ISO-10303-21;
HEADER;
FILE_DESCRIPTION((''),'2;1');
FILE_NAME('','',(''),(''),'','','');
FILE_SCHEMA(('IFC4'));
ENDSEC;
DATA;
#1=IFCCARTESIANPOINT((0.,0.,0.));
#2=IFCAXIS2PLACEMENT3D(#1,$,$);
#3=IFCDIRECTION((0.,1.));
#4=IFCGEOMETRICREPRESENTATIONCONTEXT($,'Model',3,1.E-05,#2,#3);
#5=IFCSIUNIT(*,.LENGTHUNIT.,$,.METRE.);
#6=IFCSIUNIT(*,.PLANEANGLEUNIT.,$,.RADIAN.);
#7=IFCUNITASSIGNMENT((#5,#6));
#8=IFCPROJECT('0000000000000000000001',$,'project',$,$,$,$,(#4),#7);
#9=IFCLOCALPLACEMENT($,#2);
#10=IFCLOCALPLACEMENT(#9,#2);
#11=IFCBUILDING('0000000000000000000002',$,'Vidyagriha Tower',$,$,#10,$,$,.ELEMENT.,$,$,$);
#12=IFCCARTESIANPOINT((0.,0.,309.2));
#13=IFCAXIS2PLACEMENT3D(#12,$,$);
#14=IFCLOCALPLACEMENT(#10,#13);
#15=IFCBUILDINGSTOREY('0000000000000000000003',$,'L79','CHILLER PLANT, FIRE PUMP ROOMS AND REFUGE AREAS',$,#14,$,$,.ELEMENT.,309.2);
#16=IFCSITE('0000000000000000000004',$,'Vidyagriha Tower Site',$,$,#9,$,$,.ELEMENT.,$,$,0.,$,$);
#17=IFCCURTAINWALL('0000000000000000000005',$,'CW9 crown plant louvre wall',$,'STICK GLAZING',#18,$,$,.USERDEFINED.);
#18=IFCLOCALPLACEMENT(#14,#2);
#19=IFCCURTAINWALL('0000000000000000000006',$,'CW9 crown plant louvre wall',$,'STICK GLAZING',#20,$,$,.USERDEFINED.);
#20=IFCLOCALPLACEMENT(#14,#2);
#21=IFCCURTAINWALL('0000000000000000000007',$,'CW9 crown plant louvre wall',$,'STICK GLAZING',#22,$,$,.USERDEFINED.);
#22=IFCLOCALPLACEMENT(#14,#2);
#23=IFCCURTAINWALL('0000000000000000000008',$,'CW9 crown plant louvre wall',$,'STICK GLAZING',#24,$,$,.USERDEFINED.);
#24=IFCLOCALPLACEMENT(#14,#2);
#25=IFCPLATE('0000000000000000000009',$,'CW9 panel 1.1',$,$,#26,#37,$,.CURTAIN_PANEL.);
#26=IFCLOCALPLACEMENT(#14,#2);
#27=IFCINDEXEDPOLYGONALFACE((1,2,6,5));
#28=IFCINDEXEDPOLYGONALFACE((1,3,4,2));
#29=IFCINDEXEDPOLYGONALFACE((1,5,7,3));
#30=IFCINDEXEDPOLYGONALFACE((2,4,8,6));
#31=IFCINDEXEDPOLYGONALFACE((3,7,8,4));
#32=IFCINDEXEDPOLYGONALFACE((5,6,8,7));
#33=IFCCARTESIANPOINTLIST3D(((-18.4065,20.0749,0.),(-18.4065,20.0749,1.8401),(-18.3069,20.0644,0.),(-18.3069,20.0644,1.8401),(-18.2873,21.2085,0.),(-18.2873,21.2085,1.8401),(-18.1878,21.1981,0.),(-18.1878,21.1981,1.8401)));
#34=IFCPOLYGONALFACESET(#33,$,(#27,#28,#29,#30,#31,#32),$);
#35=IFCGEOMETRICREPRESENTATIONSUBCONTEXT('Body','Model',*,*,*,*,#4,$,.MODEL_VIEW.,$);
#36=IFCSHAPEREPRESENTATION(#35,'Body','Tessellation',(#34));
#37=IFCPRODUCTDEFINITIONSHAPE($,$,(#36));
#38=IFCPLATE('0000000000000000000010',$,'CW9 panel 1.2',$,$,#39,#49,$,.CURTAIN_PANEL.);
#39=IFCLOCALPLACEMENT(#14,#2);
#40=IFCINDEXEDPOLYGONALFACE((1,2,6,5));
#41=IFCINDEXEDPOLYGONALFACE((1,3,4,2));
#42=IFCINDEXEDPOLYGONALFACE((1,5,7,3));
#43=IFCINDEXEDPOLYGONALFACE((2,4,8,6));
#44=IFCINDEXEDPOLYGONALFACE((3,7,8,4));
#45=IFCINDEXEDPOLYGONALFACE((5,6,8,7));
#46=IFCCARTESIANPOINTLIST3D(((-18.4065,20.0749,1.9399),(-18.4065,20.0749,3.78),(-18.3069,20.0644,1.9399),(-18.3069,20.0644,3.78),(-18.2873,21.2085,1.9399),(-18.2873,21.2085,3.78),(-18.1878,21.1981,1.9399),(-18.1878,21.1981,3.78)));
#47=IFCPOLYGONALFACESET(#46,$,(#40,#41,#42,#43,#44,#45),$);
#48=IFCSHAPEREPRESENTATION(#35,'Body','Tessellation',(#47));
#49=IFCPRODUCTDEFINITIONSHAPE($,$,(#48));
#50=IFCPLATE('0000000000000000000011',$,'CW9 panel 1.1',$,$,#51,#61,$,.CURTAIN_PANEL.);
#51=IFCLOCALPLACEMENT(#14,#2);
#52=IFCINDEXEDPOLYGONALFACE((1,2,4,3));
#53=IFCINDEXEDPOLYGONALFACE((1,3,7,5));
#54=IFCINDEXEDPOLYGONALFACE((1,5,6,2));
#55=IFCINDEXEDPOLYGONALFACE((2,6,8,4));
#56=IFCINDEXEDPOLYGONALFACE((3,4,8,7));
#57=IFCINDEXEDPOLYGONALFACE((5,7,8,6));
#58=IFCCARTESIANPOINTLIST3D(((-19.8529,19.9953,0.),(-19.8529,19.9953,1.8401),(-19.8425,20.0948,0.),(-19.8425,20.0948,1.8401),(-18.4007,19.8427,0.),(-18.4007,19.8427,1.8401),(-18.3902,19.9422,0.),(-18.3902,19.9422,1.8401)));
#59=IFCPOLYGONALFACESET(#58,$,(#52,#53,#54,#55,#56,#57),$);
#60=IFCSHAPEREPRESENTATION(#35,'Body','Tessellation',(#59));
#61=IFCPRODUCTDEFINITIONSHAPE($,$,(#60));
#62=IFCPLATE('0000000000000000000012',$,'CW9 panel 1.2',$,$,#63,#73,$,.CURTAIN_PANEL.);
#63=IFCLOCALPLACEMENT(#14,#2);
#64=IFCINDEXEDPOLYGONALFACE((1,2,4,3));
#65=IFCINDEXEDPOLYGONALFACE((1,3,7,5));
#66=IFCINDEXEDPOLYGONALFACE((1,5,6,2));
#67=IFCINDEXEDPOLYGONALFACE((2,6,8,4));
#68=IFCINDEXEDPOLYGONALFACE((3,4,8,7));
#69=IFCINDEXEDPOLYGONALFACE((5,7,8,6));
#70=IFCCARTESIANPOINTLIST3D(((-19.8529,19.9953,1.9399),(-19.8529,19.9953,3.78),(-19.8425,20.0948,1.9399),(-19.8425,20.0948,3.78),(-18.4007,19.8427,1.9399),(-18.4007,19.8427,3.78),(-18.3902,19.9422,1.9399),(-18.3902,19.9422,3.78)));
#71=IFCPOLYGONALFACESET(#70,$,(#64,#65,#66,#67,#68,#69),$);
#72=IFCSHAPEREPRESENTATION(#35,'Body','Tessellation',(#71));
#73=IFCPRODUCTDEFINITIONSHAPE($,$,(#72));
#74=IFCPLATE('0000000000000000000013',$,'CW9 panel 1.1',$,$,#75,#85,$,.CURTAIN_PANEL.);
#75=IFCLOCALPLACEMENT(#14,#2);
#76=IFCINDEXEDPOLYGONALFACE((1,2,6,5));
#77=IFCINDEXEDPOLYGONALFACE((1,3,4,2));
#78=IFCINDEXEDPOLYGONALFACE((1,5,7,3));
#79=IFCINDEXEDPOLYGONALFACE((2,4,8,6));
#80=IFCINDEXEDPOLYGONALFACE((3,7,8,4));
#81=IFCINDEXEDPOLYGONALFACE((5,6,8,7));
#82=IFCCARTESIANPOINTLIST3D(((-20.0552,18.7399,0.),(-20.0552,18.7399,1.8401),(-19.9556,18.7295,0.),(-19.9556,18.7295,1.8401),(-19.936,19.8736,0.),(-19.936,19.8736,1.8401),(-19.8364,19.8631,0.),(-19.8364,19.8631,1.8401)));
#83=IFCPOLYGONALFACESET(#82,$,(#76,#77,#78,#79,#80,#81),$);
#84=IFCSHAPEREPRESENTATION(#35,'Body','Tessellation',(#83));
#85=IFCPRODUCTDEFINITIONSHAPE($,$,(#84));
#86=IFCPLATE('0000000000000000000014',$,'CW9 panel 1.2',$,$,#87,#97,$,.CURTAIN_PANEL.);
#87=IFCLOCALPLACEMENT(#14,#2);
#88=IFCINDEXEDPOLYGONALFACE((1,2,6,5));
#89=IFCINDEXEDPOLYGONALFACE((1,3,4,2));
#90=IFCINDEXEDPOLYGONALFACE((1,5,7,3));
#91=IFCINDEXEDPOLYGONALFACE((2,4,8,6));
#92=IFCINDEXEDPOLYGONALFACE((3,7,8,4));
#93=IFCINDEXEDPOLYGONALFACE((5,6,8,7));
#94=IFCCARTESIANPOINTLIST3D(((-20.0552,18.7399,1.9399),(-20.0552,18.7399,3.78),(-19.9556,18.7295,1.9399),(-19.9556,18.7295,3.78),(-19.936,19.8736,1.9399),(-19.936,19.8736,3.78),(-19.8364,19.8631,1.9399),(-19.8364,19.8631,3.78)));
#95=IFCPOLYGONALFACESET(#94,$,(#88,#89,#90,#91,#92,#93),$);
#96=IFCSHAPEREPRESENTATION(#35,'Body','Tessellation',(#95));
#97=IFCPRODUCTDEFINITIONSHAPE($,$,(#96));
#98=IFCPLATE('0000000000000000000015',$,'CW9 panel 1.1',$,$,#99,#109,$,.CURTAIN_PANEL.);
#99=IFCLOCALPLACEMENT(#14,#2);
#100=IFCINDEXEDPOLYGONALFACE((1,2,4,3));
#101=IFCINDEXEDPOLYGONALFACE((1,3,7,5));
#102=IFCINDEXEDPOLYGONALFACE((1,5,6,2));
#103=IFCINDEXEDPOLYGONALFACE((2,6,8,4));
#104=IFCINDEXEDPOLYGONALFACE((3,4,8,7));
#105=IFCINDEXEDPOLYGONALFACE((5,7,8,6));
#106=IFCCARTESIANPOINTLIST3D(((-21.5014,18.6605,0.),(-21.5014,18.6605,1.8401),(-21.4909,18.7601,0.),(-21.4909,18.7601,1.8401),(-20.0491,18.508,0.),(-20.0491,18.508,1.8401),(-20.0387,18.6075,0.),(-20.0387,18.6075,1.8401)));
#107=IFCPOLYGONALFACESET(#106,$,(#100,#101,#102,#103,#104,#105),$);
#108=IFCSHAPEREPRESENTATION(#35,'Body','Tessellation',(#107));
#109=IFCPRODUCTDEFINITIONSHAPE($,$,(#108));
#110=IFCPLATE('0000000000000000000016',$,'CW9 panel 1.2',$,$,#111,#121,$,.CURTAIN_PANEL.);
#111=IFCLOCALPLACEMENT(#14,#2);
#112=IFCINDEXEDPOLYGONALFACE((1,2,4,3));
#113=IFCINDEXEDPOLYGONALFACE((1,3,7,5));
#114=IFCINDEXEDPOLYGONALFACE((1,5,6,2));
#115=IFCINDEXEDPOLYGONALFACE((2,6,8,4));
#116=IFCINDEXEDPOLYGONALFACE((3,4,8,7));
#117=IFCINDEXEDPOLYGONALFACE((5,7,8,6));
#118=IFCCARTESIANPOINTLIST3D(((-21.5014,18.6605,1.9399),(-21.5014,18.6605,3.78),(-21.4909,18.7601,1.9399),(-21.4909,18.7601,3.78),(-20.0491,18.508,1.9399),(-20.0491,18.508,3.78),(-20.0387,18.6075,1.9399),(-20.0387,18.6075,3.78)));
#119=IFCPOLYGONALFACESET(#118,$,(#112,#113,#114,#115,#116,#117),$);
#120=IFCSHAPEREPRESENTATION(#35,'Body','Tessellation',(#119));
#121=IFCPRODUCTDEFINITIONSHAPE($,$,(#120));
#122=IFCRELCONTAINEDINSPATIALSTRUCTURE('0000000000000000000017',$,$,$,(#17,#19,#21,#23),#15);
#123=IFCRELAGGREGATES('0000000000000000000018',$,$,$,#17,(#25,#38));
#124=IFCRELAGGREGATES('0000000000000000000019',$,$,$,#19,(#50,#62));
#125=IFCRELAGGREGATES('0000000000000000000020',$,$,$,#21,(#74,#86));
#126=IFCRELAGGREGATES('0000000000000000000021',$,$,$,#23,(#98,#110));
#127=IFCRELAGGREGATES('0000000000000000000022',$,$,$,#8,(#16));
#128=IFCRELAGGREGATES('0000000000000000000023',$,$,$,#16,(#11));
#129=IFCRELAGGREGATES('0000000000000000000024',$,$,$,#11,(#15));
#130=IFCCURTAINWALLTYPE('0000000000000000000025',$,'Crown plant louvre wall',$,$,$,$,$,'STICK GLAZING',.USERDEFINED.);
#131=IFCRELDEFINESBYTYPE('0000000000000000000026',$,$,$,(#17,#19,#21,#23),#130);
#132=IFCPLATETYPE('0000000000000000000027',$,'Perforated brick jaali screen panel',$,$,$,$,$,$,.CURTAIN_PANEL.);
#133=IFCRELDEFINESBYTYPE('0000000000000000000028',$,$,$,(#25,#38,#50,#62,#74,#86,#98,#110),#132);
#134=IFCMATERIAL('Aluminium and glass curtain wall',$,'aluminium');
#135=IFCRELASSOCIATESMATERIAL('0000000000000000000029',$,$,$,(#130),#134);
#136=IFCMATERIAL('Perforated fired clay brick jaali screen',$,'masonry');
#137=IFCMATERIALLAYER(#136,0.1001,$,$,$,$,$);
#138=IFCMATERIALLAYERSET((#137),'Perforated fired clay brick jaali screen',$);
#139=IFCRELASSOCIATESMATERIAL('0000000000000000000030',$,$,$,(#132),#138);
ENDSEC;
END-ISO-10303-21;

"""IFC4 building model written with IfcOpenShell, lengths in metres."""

from ifc_helpers import new_model, si_unit, direction, frame, origin, origin_2d, place, context, subcontext, project, spatial, rectangle, extrude, material, layer, layer_set, type_object, element, aggregate, save


model = new_model("IFC4")

# Units and contexts
model_context = context("Model", 3, precision=1e-05, world=origin(), true_north=direction((0.0, 1.0)))
body_context = subcontext(model_context, "Body", "Model", "MODEL_VIEW")
ifc_project = project(units=[si_unit("LENGTHUNIT", "METRE"), si_unit("PLANEANGLEUNIT", "RADIAN")], contexts=[model_context])

# Site, building, storey
site_placement = place(None, origin())
site = spatial("IfcSite", under=ifc_project, at=site_placement, Name="Vidyagriha Tower Site", CompositionType="ELEMENT", RefElevation=0.0)
building_placement = place(site_placement, origin())
building = spatial("IfcBuilding", under=site, at=building_placement, Name="Vidyagriha Tower", CompositionType="ELEMENT")
storey_placement = place(building_placement, frame((0.0, 0.0, 309.2)))
storey = spatial("IfcBuildingStorey", under=building, at=storey_placement, Name="L79", Description="CHILLER PLANT, FIRE PUMP ROOMS AND REFUGE AREAS", CompositionType="ELEMENT", Elevation=309.2)

# Curtain wall
ifc_material_1 = material(Name="Aluminium and glass curtain wall", Category="aluminium")
curtain_wall_type = type_object("IfcCurtainWallType", Name="Crown plant louvre wall", ElementType="STICK GLAZING", PredefinedType="USERDEFINED", material=ifc_material_1)
curtain_wall_1_placement = place(storey_placement, origin())
curtain_wall_1 = element("IfcCurtainWall", 1, at=curtain_wall_1_placement, inside=storey, type_object=curtain_wall_type, Name="CW9 crown plant louvre wall", ObjectType="STICK GLAZING", PredefinedType="USERDEFINED")

# Curtain walls
curtain_wall_2_placement = place(storey_placement, origin())
curtain_wall_2 = element("IfcCurtainWall", 2, at=curtain_wall_2_placement, inside=storey, type_object=curtain_wall_type, Name="CW9 crown plant louvre wall", ObjectType="STICK GLAZING", PredefinedType="USERDEFINED")
curtain_wall_3_placement = place(storey_placement, origin())
curtain_wall_3 = element("IfcCurtainWall", 3, at=curtain_wall_3_placement, inside=storey, type_object=curtain_wall_type, Name="CW9 crown plant louvre wall", ObjectType="STICK GLAZING", PredefinedType="USERDEFINED")
curtain_wall_4_placement = place(storey_placement, origin())
curtain_wall_4 = element("IfcCurtainWall", 4, at=curtain_wall_4_placement, inside=storey, type_object=curtain_wall_type, Name="CW9 crown plant louvre wall", ObjectType="STICK GLAZING", PredefinedType="USERDEFINED")

# Plates
ifc_material_2 = material(Name="Perforated fired clay brick jaali screen", Category="masonry")
ifc_layer = layer(ifc_material_2, 0.1001)
ifc_layer_set = layer_set([ifc_layer], Name="Perforated fired clay brick jaali screen")
plate_type = type_object("IfcPlateType", Name="Perforated brick jaali screen panel", PredefinedType="CURTAIN_PANEL", material=ifc_layer_set)
plate_1_placement = place(storey_placement, frame((-18.2971, 20.6365, 0.0), z_axis=(0.0, 0.0, 1.0), x_axis=(-0.104549, -0.99452, 0.0)))
plate_1 = element("IfcPlate", 5, at=plate_1_placement, type_object=plate_type, Name="CW9 panel 1.1", PredefinedType="CURTAIN_PANEL", context=body_context, shape_type="SweptSolid", body=[
    extrude(rectangle(XDim=1.1399, YDim=0.1001, at=origin_2d()), origin(), (0.0, 0.0, 1.0), 1.8401),
])
plate_2_placement = place(storey_placement, frame((-18.2971, 20.6365, 1.9399), z_axis=(0.0, 0.0, 1.0), x_axis=(-0.104549, -0.99452, 0.0)))
plate_2 = element("IfcPlate", 6, at=plate_2_placement, type_object=plate_type, Name="CW9 panel 1.2", PredefinedType="CURTAIN_PANEL", context=body_context, shape_type="SweptSolid", body=[
    extrude(rectangle(XDim=1.1399, YDim=0.1001, at=origin_2d()), origin(), (0.0, 0.0, 1.0), 1.8401),
])
aggregate(curtain_wall_1, [plate_1, plate_2])
plate_3_placement = place(storey_placement, frame((-19.1216, 19.9688, 0.0), z_axis=(0.0, 0.0, 1.0), x_axis=(-0.994524, 0.104512, 0.0)))
plate_3 = element("IfcPlate", 7, at=plate_3_placement, type_object=plate_type, Name="CW9 panel 1.1", PredefinedType="CURTAIN_PANEL", context=body_context, shape_type="SweptSolid", body=[
    extrude(rectangle(XDim=1.4602, YDim=0.1001, at=origin_2d()), origin(), (0.0, 0.0, 1.0), 1.8401),
])
plate_4_placement = place(storey_placement, frame((-19.1216, 19.9688, 1.9399), z_axis=(0.0, 0.0, 1.0), x_axis=(-0.994524, 0.104512, 0.0)))
plate_4 = element("IfcPlate", 8, at=plate_4_placement, type_object=plate_type, Name="CW9 panel 1.2", PredefinedType="CURTAIN_PANEL", context=body_context, shape_type="SweptSolid", body=[
    extrude(rectangle(XDim=1.4602, YDim=0.1001, at=origin_2d()), origin(), (0.0, 0.0, 1.0), 1.8401),
])
aggregate(curtain_wall_2, [plate_3, plate_4])
plate_5_placement = place(storey_placement, frame((-19.9458, 19.3015, 0.0), z_axis=(0.0, 0.0, 1.0), x_axis=(-0.104564, -0.994518, 0.0)))
plate_5 = element("IfcPlate", 9, at=plate_5_placement, type_object=plate_type, Name="CW9 panel 1.1", PredefinedType="CURTAIN_PANEL", context=body_context, shape_type="SweptSolid", body=[
    extrude(rectangle(XDim=1.1399, YDim=0.1001, at=origin_2d()), origin(), (0.0, 0.0, 1.0), 1.8401),
])
plate_6_placement = place(storey_placement, frame((-19.9458, 19.3015, 1.9399), z_axis=(0.0, 0.0, 1.0), x_axis=(-0.104564, -0.994518, 0.0)))
plate_6 = element("IfcPlate", 10, at=plate_6_placement, type_object=plate_type, Name="CW9 panel 1.2", PredefinedType="CURTAIN_PANEL", context=body_context, shape_type="SweptSolid", body=[
    extrude(rectangle(XDim=1.1399, YDim=0.1001, at=origin_2d()), origin(), (0.0, 0.0, 1.0), 1.8401),
])
aggregate(curtain_wall_3, [plate_5, plate_6])
plate_7_placement = place(storey_placement, frame((-20.77, 18.634, 0.0), z_axis=(0.0, 0.0, 1.0), x_axis=(-0.99453, 0.104453, 0.0)))
plate_7 = element("IfcPlate", 11, at=plate_7_placement, type_object=plate_type, Name="CW9 panel 1.1", PredefinedType="CURTAIN_PANEL", context=body_context, shape_type="SweptSolid", body=[
    extrude(rectangle(XDim=1.4602, YDim=0.1001, at=origin_2d()), origin(), (0.0, 0.0, 1.0), 1.8401),
])
plate_8_placement = place(storey_placement, frame((-20.77, 18.634, 1.9399), z_axis=(0.0, 0.0, 1.0), x_axis=(-0.99453, 0.104453, 0.0)))
plate_8 = element("IfcPlate", 12, at=plate_8_placement, type_object=plate_type, Name="CW9 panel 1.2", PredefinedType="CURTAIN_PANEL", context=body_context, shape_type="SweptSolid", body=[
    extrude(rectangle(XDim=1.4602, YDim=0.1001, at=origin_2d()), origin(), (0.0, 0.0, 1.0), 1.8401),
])
aggregate(curtain_wall_4, [plate_7, plate_8])

save(model, "model.ifc")
